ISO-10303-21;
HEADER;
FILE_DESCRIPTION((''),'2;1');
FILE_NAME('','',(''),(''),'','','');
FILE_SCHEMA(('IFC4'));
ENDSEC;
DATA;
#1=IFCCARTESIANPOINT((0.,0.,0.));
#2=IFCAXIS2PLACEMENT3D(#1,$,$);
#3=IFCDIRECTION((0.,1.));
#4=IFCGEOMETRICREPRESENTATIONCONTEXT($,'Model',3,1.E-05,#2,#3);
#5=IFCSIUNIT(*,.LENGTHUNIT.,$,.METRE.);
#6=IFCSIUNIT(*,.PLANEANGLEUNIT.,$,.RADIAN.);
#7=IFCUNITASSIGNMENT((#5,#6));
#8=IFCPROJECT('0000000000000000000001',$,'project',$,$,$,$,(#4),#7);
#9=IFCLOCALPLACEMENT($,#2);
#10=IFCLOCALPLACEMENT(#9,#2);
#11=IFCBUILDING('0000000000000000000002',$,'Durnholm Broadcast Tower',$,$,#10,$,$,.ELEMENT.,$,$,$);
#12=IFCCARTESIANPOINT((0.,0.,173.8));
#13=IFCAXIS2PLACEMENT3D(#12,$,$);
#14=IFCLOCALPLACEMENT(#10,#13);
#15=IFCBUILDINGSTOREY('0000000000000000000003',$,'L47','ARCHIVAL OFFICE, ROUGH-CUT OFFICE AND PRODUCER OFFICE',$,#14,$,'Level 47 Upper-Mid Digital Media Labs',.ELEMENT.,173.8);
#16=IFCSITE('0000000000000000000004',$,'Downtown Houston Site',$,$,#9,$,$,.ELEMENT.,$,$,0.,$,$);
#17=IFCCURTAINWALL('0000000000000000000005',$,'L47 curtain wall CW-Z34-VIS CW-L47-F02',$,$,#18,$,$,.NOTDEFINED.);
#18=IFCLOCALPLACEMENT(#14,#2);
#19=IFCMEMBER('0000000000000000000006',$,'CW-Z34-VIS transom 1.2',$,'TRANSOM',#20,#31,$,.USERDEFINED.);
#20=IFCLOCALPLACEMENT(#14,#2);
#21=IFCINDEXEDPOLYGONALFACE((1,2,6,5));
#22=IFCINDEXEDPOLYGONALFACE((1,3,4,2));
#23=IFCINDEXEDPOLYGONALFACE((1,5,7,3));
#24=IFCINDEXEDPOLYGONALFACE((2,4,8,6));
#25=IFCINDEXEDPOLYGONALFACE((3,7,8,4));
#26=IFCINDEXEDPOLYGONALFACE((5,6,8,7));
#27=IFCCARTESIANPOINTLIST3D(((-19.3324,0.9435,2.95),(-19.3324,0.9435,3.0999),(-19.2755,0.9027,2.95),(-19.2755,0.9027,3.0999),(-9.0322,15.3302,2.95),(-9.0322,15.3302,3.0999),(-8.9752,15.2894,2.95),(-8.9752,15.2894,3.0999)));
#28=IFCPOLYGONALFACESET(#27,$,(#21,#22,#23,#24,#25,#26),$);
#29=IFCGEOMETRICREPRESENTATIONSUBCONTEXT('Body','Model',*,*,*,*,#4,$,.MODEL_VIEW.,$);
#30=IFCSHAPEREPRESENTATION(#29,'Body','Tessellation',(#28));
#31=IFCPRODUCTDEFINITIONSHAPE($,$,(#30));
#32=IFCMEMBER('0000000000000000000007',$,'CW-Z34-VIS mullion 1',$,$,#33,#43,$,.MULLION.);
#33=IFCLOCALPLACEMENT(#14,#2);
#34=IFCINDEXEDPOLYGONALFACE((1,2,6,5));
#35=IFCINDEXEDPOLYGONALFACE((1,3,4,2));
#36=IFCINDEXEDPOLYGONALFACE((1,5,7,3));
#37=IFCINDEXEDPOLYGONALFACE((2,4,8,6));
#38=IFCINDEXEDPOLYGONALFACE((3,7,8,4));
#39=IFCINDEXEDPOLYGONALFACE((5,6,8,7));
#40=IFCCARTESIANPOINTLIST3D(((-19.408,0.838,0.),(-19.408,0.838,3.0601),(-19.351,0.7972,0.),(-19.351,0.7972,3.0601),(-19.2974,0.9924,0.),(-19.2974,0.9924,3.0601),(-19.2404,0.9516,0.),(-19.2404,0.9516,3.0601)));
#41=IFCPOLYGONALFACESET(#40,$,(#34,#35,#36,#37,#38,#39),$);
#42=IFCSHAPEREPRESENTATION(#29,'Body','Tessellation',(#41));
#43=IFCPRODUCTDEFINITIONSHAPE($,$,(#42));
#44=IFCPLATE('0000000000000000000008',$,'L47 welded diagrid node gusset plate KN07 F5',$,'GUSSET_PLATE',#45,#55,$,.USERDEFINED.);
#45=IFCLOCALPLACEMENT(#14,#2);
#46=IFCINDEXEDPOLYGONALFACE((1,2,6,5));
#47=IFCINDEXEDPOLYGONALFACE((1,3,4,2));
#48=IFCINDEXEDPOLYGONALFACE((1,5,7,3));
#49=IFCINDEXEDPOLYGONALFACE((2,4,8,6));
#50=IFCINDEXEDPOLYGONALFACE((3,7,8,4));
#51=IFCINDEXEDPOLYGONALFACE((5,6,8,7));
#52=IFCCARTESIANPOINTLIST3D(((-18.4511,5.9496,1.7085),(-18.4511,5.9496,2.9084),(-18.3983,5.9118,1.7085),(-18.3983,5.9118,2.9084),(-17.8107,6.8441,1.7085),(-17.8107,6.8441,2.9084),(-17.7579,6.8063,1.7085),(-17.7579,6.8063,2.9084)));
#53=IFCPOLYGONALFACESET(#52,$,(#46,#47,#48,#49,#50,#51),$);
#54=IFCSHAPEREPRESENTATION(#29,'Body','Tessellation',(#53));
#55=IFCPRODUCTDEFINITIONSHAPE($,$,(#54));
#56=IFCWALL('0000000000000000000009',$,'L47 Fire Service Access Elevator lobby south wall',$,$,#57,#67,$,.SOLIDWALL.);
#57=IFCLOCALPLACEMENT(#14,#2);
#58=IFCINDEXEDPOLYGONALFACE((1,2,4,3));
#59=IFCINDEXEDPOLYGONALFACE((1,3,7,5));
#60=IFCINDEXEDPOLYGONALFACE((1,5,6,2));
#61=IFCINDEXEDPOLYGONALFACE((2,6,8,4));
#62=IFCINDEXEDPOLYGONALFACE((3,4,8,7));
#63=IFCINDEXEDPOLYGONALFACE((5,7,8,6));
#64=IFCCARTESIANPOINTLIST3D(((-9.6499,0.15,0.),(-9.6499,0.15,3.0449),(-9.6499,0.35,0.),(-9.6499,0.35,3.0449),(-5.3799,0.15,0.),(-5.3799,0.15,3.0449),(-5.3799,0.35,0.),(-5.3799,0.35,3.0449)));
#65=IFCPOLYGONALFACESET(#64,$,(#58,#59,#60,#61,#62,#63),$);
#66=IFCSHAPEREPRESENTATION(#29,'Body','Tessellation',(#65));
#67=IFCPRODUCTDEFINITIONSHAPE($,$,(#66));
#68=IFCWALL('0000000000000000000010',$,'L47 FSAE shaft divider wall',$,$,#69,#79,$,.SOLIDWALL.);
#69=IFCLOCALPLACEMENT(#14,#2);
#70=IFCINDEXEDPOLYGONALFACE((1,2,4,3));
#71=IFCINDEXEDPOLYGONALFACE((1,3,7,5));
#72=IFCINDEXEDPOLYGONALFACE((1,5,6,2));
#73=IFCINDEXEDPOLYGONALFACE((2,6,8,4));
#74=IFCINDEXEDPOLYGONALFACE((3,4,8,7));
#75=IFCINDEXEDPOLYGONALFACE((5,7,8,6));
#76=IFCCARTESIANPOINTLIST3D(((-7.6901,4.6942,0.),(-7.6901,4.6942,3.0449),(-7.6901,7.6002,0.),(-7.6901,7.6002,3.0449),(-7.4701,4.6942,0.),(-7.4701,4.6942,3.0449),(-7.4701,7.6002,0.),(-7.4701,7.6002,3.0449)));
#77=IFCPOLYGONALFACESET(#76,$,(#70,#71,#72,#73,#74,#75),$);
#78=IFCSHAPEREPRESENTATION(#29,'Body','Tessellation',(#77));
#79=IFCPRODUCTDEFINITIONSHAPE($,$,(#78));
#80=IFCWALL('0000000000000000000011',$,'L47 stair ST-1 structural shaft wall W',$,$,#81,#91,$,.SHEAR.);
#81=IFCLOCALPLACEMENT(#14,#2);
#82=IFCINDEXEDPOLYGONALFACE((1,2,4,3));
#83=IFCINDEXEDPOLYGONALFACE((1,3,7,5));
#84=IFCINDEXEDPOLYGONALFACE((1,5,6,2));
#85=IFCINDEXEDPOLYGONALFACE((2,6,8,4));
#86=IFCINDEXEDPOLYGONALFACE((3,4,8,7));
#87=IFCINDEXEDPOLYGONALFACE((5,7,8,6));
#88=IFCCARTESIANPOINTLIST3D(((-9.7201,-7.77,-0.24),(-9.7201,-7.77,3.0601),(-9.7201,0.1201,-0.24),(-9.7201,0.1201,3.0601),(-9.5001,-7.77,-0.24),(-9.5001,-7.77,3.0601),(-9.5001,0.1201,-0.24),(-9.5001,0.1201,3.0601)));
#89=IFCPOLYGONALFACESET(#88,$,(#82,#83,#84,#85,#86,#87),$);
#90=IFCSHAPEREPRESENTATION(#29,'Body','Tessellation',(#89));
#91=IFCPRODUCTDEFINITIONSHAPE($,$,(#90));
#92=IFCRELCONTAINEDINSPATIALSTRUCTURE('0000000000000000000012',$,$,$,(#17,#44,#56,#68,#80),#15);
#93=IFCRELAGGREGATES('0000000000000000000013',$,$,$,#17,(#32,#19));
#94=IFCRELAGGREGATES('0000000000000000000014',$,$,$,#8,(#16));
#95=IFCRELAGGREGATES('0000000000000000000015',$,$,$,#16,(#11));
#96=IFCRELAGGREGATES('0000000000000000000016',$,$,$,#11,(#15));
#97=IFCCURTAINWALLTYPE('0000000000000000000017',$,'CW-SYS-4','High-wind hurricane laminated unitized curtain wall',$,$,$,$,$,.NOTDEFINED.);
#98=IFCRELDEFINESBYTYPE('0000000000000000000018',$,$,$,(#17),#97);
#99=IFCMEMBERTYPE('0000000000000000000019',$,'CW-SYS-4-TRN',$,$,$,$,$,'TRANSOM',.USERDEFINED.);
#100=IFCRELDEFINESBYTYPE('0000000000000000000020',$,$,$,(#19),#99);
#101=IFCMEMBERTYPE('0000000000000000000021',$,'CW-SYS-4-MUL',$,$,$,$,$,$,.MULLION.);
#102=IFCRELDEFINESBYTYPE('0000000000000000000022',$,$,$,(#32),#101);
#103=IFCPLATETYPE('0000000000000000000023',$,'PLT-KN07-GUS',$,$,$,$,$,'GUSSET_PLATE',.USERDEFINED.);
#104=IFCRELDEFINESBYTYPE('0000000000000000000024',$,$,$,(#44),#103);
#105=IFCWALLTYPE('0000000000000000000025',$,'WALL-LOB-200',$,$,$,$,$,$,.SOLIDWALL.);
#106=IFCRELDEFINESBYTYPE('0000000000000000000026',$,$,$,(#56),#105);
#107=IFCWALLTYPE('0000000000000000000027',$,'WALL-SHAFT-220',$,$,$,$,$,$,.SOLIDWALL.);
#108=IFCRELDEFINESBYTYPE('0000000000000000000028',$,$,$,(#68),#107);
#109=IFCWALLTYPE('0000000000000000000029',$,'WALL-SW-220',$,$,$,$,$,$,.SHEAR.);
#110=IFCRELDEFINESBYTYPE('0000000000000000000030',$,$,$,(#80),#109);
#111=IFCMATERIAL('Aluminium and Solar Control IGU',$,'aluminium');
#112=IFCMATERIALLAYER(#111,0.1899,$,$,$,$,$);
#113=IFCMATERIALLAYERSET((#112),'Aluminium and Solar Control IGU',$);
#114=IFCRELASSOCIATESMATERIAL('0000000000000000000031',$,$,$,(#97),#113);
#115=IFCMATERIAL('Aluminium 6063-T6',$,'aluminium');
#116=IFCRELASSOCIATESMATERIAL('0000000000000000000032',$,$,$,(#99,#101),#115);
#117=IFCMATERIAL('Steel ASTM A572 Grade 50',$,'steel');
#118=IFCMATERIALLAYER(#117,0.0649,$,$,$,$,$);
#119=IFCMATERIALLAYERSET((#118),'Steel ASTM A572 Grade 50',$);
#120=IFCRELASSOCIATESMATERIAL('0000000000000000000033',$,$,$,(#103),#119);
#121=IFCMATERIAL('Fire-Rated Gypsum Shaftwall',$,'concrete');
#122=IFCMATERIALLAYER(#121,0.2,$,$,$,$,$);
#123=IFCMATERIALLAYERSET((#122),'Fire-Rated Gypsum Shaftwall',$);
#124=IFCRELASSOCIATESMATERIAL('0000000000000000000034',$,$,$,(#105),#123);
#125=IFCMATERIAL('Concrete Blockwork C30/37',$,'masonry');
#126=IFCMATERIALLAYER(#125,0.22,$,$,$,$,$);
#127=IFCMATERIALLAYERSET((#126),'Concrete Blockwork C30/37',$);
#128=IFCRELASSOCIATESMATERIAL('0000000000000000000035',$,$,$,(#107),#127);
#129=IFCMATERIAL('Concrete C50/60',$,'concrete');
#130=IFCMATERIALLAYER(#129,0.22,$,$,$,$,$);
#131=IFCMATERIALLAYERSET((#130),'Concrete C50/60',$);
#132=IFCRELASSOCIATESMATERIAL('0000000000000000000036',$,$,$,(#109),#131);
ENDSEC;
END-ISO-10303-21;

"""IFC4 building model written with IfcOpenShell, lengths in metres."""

from ifc_helpers import new_model, si_unit, direction, frame, frame_2d, origin, origin_2d, place, context, subcontext, project, spatial, rectangle, extrude, source, transform, mapped, material, layer, layer_set, material_profile, profile_set, type_object, type_shapes, element, aggregate, save


model = new_model("IFC4")

# Units and contexts
model_context = context("Model", 3, precision=1e-05, world=origin(), true_north=direction((0.0, 1.0)))
body_context = subcontext(model_context, "Body", "Model", "MODEL_VIEW")
ifc_project = project(units=[si_unit("LENGTHUNIT", "METRE"), si_unit("PLANEANGLEUNIT", "RADIAN")], contexts=[model_context])

# Site, building, storey
site_placement = place(None, origin())
site = spatial("IfcSite", under=ifc_project, at=site_placement, Name="Downtown Houston Site", CompositionType="ELEMENT", RefElevation=0.0)
building_placement = place(site_placement, origin())
building = spatial("IfcBuilding", under=site, at=building_placement, Name="Durnholm Broadcast Tower", CompositionType="ELEMENT")
storey_placement = place(building_placement, frame((0.0, 0.0, 173.8)))
storey = spatial("IfcBuildingStorey", under=building, at=storey_placement, Name="L47", Description="ARCHIVAL OFFICE, ROUGH-CUT OFFICE AND PRODUCER OFFICE", LongName="Level 47 Upper-Mid Digital Media Labs", CompositionType="ELEMENT", Elevation=173.8)

# Shared definitions
ifc_material_1 = material(Name="Aluminium and Solar Control IGU", Category="aluminium")
ifc_material_2 = material(Name="Aluminium 6063-T6", Category="aluminium")

# Curtain wall, members
ifc_layer_1 = layer(ifc_material_1, 0.1899)
ifc_layer_set_1 = layer_set([ifc_layer_1], Name="Aluminium and Solar Control IGU")
curtain_wall_type_1 = type_object("IfcCurtainWallType", Name="CW-SYS-4", Description="High-wind hurricane laminated unitized curtain wall", PredefinedType="NOTDEFINED", material=ifc_layer_set_1)
curtain_wall_1_placement = place(storey_placement, origin())
curtain_wall_1 = element("IfcCurtainWall", 1, at=curtain_wall_1_placement, inside=storey, type_object=curtain_wall_type_1, Name="L47 curtain wall CW-Z34-VIS CW-L47-F02", PredefinedType="NOTDEFINED")
ifc_material_profile_1 = material_profile(ifc_material_2, rectangle(XDim=0.0701, YDim=0.1499, at=origin_2d()), Name="CWT70X150")
ifc_profile_set_1 = profile_set([ifc_material_profile_1], Name="Aluminium 6063-T6")
member_type_1 = type_object("IfcMemberType", Name="CW-SYS-4-TRN", ElementType="TRANSOM", PredefinedType="USERDEFINED", material=ifc_profile_set_1)
shared_shape_1 = source(origin(), body_context, "Body", "SweptSolid", [
    extrude(rectangle(XDim=0.0701, YDim=0.1499, at=origin_2d()), origin(), (0.0, 0.0, 1.0), 17.6938),
])
type_shapes(member_type_1, [shared_shape_1])
member_1_placement = place(storey_placement, frame((-19.304, 0.9231, 3.0249), z_axis=(0.582138, 0.81309, 0.0), x_axis=(-0.81309, 0.582138, 0.0)))
member_1 = element("IfcMember", 2, at=member_1_placement, type_object=member_type_1, Name="CW-Z34-VIS transom 1.2", ObjectType="TRANSOM", PredefinedType="USERDEFINED", context=body_context, shape_type="MappedRepresentation", body=[
    mapped(shared_shape_1, transform((0.0, 0.0, 0.0), x_axis=(1.0, 0.0, 0.0), y_axis=(0.0, 1.0, 0.0), z_axis=(0.0, 0.0, 1.0), scale=1.0)),
])
ifc_material_profile_2 = material_profile(ifc_material_2, rectangle(XDim=0.0701, YDim=0.1899, at=origin_2d()), Name="CWM70X190")
ifc_profile_set_2 = profile_set([ifc_material_profile_2], Name="Aluminium 6063-T6")
member_type_2 = type_object("IfcMemberType", Name="CW-SYS-4-MUL", PredefinedType="MULLION", material=ifc_profile_set_2)
shared_shape_2 = source(origin(), body_context, "Body", "SweptSolid", [
    extrude(rectangle(XDim=0.0701, YDim=0.1899, at=origin_2d()), origin(), (0.0, 0.0, 1.0), 3.0601),
])
type_shapes(member_type_2, [shared_shape_2])
member_2_placement = place(storey_placement, frame((-19.3242, 0.8948, 0.0), z_axis=(0.0, 0.0, 1.0), x_axis=(-0.813089, 0.582139, 0.0)))
member_2 = element("IfcMember", 3, at=member_2_placement, type_object=member_type_2, Name="CW-Z34-VIS mullion 1", PredefinedType="MULLION", context=body_context, shape_type="MappedRepresentation", body=[
    mapped(shared_shape_2, transform((0.0, 0.0, 0.0), x_axis=(1.0, 0.0, 0.0), y_axis=(0.0, 1.0, 0.0), z_axis=(0.0, 0.0, 1.0), scale=1.0)),
])
aggregate(curtain_wall_1, [member_2, member_1])

# Plate
ifc_material_3 = material(Name="Steel ASTM A572 Grade 50", Category="steel")
ifc_layer_2 = layer(ifc_material_3, 0.0649)
ifc_layer_set_2 = layer_set([ifc_layer_2], Name="Steel ASTM A572 Grade 50")
plate_type = type_object("IfcPlateType", Name="PLT-KN07-GUS", ElementType="GUSSET_PLATE", PredefinedType="USERDEFINED", material=ifc_layer_set_2)
shared_shape_3 = source(origin(), body_context, "Body", "SweptSolid", [
    extrude(rectangle(XDim=1.1001, YDim=0.0649, at=origin_2d()), origin(), (0.0, 0.0, 1.0), 1.2),
])
type_shapes(plate_type, [shared_shape_3])
plate_placement = place(storey_placement, frame((-18.1045, 6.3779, 1.7085), z_axis=(0.0, 0.0, 1.0), x_axis=(-0.582123, -0.813101, 0.0)))
element("IfcPlate", 4, at=plate_placement, inside=storey, type_object=plate_type, Name="L47 welded diagrid node gusset plate KN07 F5", ObjectType="GUSSET_PLATE", PredefinedType="USERDEFINED", context=body_context, shape_type="MappedRepresentation", body=[
    mapped(shared_shape_3, transform((0.0, 0.0, 0.0), x_axis=(1.0, 0.0, 0.0), y_axis=(0.0, 1.0, 0.0), z_axis=(0.0, 0.0, 1.0), scale=1.0)),
])

# Wall
ifc_material_4 = material(Name="Fire-Rated Gypsum Shaftwall", Category="concrete")
ifc_layer_3 = layer(ifc_material_4, 0.2)
ifc_layer_set_3 = layer_set([ifc_layer_3], Name="Fire-Rated Gypsum Shaftwall")
wall_type_1 = type_object("IfcWallType", Name="WALL-LOB-200", PredefinedType="SOLIDWALL", material=ifc_layer_set_3)
wall_1_placement = place(storey_placement, frame((-9.6499, 0.25, 0.0), z_axis=(0.0, 0.0, 1.0), x_axis=(1.0, 0.0, 0.0)))
element("IfcWall", 5, at=wall_1_placement, inside=storey, type_object=wall_type_1, Name="L47 Fire Service Access Elevator lobby south wall", PredefinedType="SOLIDWALL", context=body_context, shape_type="SweptSolid", body=[
    extrude(rectangle(XDim=4.27, YDim=0.2, at=frame_2d((2.135, 0.0))), origin(), (0.0, 0.0, 1.0), 3.0449),
])

# Shared definitions
ifc_material_5 = material(Name="Concrete Blockwork C30/37", Category="masonry")
ifc_layer_4 = layer(ifc_material_5, 0.22)
ifc_layer_set_4 = layer_set([ifc_layer_4], Name="Concrete Blockwork C30/37")
wall_type_2 = type_object("IfcWallType", Name="WALL-SHAFT-220", PredefinedType="SOLIDWALL", material=ifc_layer_set_4)

# Walls
wall_2_placement = place(storey_placement, frame((-7.5801, 4.6941, 0.0), z_axis=(0.0, 0.0, 1.0), x_axis=(0.0, 1.0, 0.0)))
element("IfcWall", 6, at=wall_2_placement, inside=storey, type_object=wall_type_2, Name="L47 FSAE shaft divider wall", PredefinedType="SOLIDWALL", context=body_context, shape_type="SweptSolid", body=[
    extrude(rectangle(XDim=2.906, YDim=0.22, at=frame_2d((1.4531, 0.0))), origin(), (0.0, 0.0, 1.0), 3.0449),
])
ifc_material_6 = material(Name="Concrete C50/60", Category="concrete")
ifc_layer_5 = layer(ifc_material_6, 0.22)
ifc_layer_set_5 = layer_set([ifc_layer_5], Name="Concrete C50/60")
wall_type_3 = type_object("IfcWallType", Name="WALL-SW-220", PredefinedType="SHEAR", material=ifc_layer_set_5)
wall_3_placement = place(storey_placement, frame((-9.6101, 0.1201, -0.24), z_axis=(0.0, 0.0, 1.0), x_axis=(0.0, -1.0, 0.0)))
element("IfcWall", 7, at=wall_3_placement, inside=storey, type_object=wall_type_3, Name="L47 stair ST-1 structural shaft wall W", PredefinedType="SHEAR", context=body_context, shape_type="SweptSolid", body=[
    extrude(rectangle(XDim=7.8901, YDim=0.22, at=frame_2d((3.9451, 0.0))), origin(), (0.0, 0.0, 1.0), 3.3),
])

save(model, "model.ifc")
